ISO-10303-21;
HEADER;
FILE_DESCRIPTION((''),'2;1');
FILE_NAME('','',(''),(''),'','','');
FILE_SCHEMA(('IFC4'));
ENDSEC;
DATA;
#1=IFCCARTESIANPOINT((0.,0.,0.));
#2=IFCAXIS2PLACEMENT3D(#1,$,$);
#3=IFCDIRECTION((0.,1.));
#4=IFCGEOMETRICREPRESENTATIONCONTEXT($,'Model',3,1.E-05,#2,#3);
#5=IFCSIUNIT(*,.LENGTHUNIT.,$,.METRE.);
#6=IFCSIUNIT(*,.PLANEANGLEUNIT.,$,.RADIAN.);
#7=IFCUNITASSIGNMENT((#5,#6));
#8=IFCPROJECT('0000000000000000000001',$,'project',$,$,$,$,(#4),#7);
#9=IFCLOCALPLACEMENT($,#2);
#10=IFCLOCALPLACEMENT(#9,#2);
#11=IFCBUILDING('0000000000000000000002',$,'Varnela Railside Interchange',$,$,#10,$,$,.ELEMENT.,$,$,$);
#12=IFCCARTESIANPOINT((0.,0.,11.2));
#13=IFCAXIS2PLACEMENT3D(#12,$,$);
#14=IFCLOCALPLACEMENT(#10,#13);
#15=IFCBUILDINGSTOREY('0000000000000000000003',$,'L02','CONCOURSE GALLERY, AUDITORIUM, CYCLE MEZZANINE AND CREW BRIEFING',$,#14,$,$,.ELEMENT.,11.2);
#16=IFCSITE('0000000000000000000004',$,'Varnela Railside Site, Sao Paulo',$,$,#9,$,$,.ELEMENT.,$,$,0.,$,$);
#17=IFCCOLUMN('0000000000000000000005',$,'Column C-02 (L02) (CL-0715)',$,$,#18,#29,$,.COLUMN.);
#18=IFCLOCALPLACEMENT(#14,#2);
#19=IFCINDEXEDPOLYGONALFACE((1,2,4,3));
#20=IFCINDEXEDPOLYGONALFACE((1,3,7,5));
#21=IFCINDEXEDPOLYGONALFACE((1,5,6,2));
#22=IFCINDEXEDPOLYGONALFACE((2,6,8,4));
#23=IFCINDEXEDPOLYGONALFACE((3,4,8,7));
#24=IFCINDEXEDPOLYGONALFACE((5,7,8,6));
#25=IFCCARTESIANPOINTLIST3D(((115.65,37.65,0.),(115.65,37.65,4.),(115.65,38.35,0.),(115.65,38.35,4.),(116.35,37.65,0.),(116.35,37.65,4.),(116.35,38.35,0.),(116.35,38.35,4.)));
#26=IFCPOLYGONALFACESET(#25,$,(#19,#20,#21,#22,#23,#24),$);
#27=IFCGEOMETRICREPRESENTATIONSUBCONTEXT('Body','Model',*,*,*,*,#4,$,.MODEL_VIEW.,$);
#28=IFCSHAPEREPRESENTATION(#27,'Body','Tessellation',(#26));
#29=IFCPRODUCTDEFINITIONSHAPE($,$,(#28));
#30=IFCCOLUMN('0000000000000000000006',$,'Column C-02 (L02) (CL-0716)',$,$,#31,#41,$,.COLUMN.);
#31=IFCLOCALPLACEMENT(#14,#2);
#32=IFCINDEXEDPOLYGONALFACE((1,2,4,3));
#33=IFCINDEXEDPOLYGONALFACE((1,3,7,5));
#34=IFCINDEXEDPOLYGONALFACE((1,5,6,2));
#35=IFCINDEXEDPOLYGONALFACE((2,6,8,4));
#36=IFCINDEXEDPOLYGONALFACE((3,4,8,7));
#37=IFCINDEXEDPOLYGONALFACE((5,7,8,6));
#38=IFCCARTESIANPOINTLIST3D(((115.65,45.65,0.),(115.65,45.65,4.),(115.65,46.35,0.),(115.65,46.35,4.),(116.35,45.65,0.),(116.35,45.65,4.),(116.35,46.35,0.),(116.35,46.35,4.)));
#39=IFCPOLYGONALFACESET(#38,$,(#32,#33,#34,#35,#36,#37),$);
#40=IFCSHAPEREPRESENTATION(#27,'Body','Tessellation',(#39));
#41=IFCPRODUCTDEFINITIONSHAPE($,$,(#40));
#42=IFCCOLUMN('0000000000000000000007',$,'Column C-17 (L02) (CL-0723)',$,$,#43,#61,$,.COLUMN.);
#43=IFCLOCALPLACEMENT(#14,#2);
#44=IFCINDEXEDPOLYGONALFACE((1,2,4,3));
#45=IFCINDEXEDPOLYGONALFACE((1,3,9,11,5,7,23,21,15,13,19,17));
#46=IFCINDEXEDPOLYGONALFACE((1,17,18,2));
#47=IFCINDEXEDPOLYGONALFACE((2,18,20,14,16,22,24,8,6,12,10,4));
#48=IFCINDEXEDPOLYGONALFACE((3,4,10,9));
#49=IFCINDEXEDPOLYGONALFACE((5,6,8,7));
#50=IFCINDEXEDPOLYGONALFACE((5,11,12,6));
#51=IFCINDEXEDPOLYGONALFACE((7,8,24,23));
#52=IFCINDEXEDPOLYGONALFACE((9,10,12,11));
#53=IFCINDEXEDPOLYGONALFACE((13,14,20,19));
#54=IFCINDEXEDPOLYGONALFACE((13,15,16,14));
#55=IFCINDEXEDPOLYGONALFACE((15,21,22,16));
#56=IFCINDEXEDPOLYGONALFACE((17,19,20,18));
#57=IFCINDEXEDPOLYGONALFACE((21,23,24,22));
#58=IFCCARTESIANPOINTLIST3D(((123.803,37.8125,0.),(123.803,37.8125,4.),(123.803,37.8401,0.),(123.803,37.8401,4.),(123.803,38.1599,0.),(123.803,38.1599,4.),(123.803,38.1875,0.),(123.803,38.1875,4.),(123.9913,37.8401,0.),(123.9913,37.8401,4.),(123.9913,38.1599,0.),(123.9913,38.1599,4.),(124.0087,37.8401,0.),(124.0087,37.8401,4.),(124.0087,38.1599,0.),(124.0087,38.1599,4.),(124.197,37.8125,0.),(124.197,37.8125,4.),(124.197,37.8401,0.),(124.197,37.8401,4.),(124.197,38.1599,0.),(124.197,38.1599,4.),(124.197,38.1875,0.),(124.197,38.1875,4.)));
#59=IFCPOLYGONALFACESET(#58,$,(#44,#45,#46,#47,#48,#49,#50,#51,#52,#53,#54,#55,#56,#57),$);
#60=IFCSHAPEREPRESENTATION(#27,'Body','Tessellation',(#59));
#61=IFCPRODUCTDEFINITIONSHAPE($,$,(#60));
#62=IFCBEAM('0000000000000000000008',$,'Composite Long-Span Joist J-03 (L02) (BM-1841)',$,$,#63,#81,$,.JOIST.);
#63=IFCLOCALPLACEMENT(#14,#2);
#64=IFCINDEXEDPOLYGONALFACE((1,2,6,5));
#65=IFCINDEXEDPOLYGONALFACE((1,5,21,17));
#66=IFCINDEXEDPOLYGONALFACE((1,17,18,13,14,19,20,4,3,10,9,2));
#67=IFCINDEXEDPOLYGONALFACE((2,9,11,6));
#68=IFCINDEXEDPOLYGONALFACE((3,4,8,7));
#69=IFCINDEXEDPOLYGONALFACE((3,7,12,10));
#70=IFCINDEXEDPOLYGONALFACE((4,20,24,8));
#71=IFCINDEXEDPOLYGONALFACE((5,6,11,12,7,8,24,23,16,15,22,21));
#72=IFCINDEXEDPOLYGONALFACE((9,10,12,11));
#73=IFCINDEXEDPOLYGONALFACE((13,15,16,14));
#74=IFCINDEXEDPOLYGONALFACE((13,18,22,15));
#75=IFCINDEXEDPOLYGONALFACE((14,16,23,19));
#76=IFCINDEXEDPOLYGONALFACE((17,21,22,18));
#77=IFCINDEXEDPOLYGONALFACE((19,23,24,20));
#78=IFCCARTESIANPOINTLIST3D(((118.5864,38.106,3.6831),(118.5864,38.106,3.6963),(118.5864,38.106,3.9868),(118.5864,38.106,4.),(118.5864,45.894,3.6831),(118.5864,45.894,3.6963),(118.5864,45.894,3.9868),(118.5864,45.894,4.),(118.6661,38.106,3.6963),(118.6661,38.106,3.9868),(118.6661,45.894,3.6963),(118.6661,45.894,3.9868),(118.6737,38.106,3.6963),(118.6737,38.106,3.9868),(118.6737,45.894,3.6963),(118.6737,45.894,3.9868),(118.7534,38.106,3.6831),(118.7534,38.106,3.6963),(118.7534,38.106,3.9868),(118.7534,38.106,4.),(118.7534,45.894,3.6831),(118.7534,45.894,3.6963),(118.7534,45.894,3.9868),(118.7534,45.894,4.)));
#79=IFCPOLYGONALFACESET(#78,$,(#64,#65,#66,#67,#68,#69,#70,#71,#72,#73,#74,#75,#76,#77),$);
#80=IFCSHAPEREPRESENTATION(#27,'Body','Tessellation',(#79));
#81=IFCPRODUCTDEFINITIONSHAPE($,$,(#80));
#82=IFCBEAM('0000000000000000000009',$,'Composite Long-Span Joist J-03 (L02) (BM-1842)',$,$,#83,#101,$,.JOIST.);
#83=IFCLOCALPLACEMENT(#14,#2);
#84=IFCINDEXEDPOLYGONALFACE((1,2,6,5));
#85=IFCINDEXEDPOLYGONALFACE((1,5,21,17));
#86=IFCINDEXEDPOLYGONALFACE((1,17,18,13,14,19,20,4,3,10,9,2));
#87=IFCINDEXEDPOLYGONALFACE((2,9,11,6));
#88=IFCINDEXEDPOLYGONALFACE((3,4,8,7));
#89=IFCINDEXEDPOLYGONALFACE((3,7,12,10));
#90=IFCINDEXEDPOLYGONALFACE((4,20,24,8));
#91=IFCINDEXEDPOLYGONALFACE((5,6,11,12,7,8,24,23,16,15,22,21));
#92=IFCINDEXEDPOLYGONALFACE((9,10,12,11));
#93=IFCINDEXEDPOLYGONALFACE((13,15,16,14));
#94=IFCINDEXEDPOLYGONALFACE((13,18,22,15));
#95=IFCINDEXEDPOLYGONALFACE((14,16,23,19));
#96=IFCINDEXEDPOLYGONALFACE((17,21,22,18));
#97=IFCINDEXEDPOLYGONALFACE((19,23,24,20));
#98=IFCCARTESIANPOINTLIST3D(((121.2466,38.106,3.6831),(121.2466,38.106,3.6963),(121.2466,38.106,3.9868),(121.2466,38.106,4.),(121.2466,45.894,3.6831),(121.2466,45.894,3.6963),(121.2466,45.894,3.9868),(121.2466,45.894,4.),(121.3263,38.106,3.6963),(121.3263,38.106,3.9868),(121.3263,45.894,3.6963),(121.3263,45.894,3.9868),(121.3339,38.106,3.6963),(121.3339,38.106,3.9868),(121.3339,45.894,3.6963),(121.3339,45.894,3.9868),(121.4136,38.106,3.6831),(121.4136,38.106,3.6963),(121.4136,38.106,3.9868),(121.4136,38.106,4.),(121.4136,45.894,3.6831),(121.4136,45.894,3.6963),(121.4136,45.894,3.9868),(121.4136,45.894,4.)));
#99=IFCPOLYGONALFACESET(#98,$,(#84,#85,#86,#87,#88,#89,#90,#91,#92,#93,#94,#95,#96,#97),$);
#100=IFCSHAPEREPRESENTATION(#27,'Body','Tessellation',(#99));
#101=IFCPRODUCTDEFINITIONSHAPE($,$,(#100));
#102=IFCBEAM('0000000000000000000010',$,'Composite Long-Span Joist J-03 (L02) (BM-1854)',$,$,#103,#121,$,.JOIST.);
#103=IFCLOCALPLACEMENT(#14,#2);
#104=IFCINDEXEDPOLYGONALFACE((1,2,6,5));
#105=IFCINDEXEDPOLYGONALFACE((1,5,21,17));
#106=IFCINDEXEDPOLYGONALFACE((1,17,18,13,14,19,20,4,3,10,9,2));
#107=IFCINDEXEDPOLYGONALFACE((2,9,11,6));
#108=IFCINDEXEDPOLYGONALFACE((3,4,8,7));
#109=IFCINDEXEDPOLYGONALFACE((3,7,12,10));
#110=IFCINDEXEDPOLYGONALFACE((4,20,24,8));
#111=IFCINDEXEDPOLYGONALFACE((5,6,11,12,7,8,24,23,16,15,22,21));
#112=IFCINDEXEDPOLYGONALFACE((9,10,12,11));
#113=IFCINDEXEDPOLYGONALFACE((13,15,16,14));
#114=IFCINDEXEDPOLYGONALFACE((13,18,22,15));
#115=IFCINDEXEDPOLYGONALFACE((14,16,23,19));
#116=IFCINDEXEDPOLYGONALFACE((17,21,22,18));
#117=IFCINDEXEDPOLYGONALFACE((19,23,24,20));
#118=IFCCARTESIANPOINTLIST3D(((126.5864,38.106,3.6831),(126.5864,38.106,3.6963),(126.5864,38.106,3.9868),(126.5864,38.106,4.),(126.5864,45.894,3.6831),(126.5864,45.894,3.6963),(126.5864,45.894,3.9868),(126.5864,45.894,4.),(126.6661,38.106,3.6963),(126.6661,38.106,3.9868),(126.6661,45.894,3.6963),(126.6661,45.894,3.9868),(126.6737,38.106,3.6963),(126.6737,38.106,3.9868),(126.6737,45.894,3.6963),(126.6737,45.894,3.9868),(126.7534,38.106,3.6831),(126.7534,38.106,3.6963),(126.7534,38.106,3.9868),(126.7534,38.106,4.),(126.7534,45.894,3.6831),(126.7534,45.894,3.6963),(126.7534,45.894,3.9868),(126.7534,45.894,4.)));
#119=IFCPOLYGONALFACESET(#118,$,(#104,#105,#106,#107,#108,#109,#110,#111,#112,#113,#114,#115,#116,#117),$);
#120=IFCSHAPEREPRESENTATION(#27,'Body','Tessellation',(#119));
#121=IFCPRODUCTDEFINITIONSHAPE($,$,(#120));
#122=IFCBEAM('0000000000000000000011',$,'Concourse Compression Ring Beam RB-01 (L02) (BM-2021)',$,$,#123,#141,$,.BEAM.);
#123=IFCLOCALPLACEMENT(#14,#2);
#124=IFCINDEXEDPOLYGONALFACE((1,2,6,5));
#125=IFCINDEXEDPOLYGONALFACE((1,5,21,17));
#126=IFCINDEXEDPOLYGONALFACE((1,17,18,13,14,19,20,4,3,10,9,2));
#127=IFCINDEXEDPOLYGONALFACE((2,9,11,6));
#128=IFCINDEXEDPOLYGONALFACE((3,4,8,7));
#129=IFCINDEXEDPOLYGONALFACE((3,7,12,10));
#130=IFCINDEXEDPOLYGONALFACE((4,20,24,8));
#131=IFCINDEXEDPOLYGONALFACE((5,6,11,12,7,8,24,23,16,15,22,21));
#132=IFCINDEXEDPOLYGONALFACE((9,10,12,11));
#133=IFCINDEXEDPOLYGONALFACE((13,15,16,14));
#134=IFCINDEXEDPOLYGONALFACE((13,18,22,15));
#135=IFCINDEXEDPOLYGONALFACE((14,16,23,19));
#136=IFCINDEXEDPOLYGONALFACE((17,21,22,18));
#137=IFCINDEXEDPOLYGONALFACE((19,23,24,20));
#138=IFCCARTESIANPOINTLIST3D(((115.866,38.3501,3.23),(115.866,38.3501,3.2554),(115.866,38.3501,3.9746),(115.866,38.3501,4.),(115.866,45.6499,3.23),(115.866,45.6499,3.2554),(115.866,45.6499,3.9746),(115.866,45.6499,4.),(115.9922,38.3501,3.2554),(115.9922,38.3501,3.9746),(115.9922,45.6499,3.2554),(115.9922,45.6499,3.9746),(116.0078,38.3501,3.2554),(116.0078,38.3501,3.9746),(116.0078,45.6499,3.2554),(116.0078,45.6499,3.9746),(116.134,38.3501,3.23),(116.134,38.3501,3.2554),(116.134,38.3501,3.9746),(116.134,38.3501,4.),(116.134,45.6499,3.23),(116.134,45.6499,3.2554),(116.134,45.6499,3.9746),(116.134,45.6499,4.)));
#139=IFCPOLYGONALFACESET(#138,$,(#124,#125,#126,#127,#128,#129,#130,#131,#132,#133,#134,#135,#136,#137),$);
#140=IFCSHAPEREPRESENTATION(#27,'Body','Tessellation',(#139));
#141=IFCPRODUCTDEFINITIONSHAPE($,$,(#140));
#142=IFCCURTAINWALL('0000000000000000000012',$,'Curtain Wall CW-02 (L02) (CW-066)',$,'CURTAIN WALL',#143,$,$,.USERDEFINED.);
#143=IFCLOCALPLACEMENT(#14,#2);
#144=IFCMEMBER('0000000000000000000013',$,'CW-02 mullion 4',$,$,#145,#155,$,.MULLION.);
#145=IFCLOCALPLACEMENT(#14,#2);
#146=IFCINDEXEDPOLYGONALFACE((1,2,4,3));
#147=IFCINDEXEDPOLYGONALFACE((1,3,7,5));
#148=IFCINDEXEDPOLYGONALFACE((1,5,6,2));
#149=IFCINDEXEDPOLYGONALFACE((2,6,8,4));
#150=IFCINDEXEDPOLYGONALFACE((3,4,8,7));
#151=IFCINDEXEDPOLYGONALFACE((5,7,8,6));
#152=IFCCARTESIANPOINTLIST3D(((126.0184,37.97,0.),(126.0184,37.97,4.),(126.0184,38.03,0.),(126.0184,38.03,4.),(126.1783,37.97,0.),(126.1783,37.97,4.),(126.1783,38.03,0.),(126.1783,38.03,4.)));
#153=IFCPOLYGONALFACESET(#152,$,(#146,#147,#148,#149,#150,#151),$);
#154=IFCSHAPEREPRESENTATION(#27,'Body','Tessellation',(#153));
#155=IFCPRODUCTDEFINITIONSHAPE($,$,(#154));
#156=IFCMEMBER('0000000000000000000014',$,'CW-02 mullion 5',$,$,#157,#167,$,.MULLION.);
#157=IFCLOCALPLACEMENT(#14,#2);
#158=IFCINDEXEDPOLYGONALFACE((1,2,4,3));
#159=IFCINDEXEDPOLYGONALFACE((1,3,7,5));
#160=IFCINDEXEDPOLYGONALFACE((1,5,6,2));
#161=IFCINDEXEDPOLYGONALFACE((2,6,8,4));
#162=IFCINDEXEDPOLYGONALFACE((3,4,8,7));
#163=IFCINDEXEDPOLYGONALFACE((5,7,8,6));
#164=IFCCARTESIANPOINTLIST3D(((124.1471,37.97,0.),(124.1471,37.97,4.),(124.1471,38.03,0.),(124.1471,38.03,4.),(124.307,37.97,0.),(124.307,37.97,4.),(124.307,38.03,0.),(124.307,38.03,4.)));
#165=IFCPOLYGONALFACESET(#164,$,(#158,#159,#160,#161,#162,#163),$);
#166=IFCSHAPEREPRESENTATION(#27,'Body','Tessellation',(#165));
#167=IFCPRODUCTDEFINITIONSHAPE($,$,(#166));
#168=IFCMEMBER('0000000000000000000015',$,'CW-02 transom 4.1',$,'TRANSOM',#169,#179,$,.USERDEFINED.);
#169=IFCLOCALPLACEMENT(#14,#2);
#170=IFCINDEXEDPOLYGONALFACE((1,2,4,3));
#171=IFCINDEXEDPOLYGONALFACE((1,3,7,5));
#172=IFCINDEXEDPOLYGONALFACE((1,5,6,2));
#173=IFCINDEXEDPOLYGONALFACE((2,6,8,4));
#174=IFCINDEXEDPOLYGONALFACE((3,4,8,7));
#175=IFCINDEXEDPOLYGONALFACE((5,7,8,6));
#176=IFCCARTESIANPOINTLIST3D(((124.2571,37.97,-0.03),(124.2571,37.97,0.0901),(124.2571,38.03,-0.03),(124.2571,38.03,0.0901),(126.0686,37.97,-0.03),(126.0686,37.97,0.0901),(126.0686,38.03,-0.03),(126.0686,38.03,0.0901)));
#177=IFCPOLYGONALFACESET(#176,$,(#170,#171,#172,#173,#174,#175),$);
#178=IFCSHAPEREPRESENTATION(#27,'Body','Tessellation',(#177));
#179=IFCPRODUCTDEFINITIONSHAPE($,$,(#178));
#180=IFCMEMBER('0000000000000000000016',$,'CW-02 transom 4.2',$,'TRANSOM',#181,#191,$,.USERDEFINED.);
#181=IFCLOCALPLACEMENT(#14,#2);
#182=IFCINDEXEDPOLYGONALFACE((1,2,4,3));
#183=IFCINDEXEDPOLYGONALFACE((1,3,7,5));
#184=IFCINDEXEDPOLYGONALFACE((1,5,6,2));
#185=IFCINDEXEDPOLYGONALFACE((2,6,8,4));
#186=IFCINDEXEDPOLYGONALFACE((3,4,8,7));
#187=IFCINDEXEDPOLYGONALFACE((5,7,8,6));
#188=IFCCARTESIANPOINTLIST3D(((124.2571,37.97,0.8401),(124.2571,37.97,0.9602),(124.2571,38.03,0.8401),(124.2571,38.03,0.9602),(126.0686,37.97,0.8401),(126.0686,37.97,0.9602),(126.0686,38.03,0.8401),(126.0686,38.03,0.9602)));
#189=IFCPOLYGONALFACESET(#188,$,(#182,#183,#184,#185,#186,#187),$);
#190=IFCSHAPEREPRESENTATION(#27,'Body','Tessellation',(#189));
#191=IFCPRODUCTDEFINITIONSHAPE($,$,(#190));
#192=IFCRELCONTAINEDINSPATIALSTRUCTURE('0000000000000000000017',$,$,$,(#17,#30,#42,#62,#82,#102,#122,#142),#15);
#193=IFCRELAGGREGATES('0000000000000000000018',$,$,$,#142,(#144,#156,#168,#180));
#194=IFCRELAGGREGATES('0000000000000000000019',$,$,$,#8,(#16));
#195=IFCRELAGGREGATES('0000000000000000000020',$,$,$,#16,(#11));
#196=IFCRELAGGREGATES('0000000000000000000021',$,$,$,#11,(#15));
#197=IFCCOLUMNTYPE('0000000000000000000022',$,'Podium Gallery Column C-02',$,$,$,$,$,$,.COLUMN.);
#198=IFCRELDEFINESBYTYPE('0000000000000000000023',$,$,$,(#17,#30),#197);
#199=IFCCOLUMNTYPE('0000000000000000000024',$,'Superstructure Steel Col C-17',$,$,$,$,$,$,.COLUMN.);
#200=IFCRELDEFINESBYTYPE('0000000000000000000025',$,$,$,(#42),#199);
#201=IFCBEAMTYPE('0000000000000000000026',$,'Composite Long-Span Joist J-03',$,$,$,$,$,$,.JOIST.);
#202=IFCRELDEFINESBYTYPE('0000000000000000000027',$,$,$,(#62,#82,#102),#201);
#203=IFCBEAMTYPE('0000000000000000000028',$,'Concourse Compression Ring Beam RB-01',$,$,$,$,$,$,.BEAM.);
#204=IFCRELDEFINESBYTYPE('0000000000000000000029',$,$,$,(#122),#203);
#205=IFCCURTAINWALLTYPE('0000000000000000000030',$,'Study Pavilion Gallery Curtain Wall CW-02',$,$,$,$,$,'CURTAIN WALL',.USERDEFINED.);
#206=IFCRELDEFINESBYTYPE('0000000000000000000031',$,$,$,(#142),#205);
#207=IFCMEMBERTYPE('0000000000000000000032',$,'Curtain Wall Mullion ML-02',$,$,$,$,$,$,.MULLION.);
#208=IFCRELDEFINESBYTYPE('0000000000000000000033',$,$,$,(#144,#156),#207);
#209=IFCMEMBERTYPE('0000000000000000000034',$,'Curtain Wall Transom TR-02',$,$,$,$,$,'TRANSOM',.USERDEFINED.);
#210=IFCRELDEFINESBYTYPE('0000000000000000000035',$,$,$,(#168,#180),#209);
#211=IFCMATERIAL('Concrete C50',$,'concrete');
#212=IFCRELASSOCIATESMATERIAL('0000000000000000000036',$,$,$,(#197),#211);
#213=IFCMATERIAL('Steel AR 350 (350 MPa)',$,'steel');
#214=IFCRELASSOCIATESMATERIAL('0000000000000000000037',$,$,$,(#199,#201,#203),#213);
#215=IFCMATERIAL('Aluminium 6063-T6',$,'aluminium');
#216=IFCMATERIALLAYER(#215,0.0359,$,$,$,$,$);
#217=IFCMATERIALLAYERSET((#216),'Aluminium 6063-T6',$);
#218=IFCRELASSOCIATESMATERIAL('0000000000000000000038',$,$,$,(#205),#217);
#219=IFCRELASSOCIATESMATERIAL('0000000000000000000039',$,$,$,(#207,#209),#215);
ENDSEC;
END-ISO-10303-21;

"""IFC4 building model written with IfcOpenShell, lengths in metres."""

from ifc_helpers import new_model, si_unit, direction, frame, origin, origin_2d, place, context, subcontext, project, spatial, rectangle, i_section, extrude, material, layer, layer_set, material_profile, profile_set, type_object, element, aggregate, save


model = new_model("IFC4")

# Units and contexts
model_context = context("Model", 3, precision=1e-05, world=origin(), true_north=direction((0.0, 1.0)))
body_context = subcontext(model_context, "Body", "Model", "MODEL_VIEW")
ifc_project = project(units=[si_unit("LENGTHUNIT", "METRE"), si_unit("PLANEANGLEUNIT", "RADIAN")], contexts=[model_context])

# Site, building, storey
site_placement = place(None, origin())
site = spatial("IfcSite", under=ifc_project, at=site_placement, Name="Varnela Railside Site, Sao Paulo", CompositionType="ELEMENT", RefElevation=0.0)
building_placement = place(site_placement, origin())
building = spatial("IfcBuilding", under=site, at=building_placement, Name="Varnela Railside Interchange", CompositionType="ELEMENT")
storey_placement = place(building_placement, frame((0.0, 0.0, 11.2)))
storey = spatial("IfcBuildingStorey", under=building, at=storey_placement, Name="L02", Description="CONCOURSE GALLERY, AUDITORIUM, CYCLE MEZZANINE AND CREW BRIEFING", CompositionType="ELEMENT", Elevation=11.2)

# Columns
ifc_material_1 = material(Name="Concrete C50", Category="concrete")
ifc_material_profile_1 = material_profile(ifc_material_1, rectangle(XDim=0.7, YDim=0.7, at=origin_2d()), Name="RC 700x700")
ifc_profile_set_1 = profile_set([ifc_material_profile_1], Name="Concrete C50")
column_type_1 = type_object("IfcColumnType", Name="Podium Gallery Column C-02", PredefinedType="COLUMN", material=ifc_profile_set_1)
for number, where, z_axis, x_axis, name in (
    (1, (116.0, 38.0, 0.0), (0.0, 0.0, 1.0), (1.0, 0.0, 0.0), "Column C-02 (L02) (CL-0715)"),
    (2, (116.0, 46.0, 0.0), (0.0, 0.0, 1.0), (1.0, 0.0, 0.0), "Column C-02 (L02) (CL-0716)"),
):
    element("IfcColumn", number, at=place(storey_placement, frame(where, z_axis=z_axis, x_axis=x_axis)), inside=storey, type_object=column_type_1, Name=name, PredefinedType="COLUMN", context=body_context, shape_type="SweptSolid", body=[
        extrude(rectangle(XDim=0.7, YDim=0.7, at=origin_2d()), origin(), (0.0, 0.0, 1.0), 4.0),
    ])
ifc_material_2 = material(Name="Steel AR 350 (350 MPa)", Category="steel")
ifc_material_profile_2 = material_profile(ifc_material_2, i_section(OverallWidth=0.394, OverallDepth=0.375, WebThickness=0.0173, FlangeThickness=0.0276, at=origin_2d()), Name="W360x216")
ifc_profile_set_2 = profile_set([ifc_material_profile_2], Name="Steel AR 350 (350 MPa)")
column_type_2 = type_object("IfcColumnType", Name="Superstructure Steel Col C-17", PredefinedType="COLUMN", material=ifc_profile_set_2)
column_placement = place(storey_placement, frame((124.0, 38.0, 0.0), z_axis=(0.0, 0.0, 1.0), x_axis=(1.0, 0.0, 0.0)))
element("IfcColumn", 3, at=column_placement, inside=storey, type_object=column_type_2, Name="Column C-17 (L02) (CL-0723)", PredefinedType="COLUMN", context=body_context, shape_type="SweptSolid", body=[
    extrude(i_section(OverallWidth=0.394, OverallDepth=0.375, WebThickness=0.0173, FlangeThickness=0.0276, at=origin_2d()), origin(), (0.0, 0.0, 1.0), 4.0),
])

# Beams
ifc_material_profile_3 = material_profile(ifc_material_2, i_section(OverallWidth=0.167, OverallDepth=0.3169, WebThickness=0.0076, FlangeThickness=0.0132, at=origin_2d()), Name="W310x52")
ifc_profile_set_3 = profile_set([ifc_material_profile_3], Name="Steel AR 350 (350 MPa)")
beam_type_1 = type_object("IfcBeamType", Name="Composite Long-Span Joist J-03", PredefinedType="JOIST", material=ifc_profile_set_3)
for number, where, z_axis, x_axis, name in (
    (4, (118.6699, 38.106, 3.8416), (0.0, 1.0, 0.0), (-1.0, 0.0, 0.0), "Composite Long-Span Joist J-03 (L02) (BM-1841)"),
    (5, (121.3301, 38.106, 3.8416), (0.0, 1.0, 0.0), (-1.0, 0.0, 0.0), "Composite Long-Span Joist J-03 (L02) (BM-1842)"),
    (6, (126.6699, 38.106, 3.8416), (0.0, 1.0, 0.0), (-1.0, 0.0, 0.0), "Composite Long-Span Joist J-03 (L02) (BM-1854)"),
):
    element("IfcBeam", number, at=place(storey_placement, frame(where, z_axis=z_axis, x_axis=x_axis)), inside=storey, type_object=beam_type_1, Name=name, PredefinedType="JOIST", context=body_context, shape_type="SweptSolid", body=[
        extrude(i_section(OverallWidth=0.167, OverallDepth=0.3169, WebThickness=0.0076, FlangeThickness=0.0132, at=origin_2d()), origin(), (0.0, 0.0, 1.0), 7.7881),
    ])
ifc_material_profile_4 = material_profile(ifc_material_2, i_section(OverallWidth=0.2681, OverallDepth=0.77, WebThickness=0.0156, FlangeThickness=0.0254, at=origin_2d()), Name="W760x196")
ifc_profile_set_4 = profile_set([ifc_material_profile_4], Name="Steel AR 350 (350 MPa)")
beam_type_2 = type_object("IfcBeamType", Name="Concourse Compression Ring Beam RB-01", PredefinedType="BEAM", material=ifc_profile_set_4)
beam_1_placement = place(storey_placement, frame((116.0, 38.3501, 3.615), z_axis=(0.0, 1.0, 0.0), x_axis=(-1.0, 0.0, 0.0)))
element("IfcBeam", 7, at=beam_1_placement, inside=storey, type_object=beam_type_2, Name="Concourse Compression Ring Beam RB-01 (L02) (BM-2021)", PredefinedType="BEAM", context=body_context, shape_type="SweptSolid", body=[
    extrude(i_section(OverallWidth=0.2681, OverallDepth=0.77, WebThickness=0.0156, FlangeThickness=0.0254, at=origin_2d()), origin(), (0.0, 0.0, 1.0), 7.2998),
])

# Curtain wall, members
ifc_material_3 = material(Name="Aluminium 6063-T6", Category="aluminium")
ifc_layer_1 = layer(ifc_material_3, 0.0359)
ifc_layer_set_1 = layer_set([ifc_layer_1], Name="Aluminium 6063-T6")
curtain_wall_type = type_object("IfcCurtainWallType", Name="Study Pavilion Gallery Curtain Wall CW-02", ElementType="CURTAIN WALL", PredefinedType="USERDEFINED", material=ifc_layer_set_1)
curtain_wall_placement = place(storey_placement, origin())
curtain_wall = element("IfcCurtainWall", 8, at=curtain_wall_placement, inside=storey, type_object=curtain_wall_type, Name="Curtain Wall CW-02 (L02) (CW-066)", ObjectType="CURTAIN WALL", PredefinedType="USERDEFINED")
ifc_material_profile_5 = material_profile(ifc_material_3, rectangle(XDim=0.0601, YDim=0.1599, at=origin_2d()), Name="ALU 60x160")
ifc_profile_set_5 = profile_set([ifc_material_profile_5], Name="Aluminium 6063-T6")
member_type_1 = type_object("IfcMemberType", Name="Curtain Wall Mullion ML-02", PredefinedType="MULLION", material=ifc_profile_set_5)
member_1_placement = place(storey_placement, frame((126.0984, 38.0, 0.0), z_axis=(0.0, 0.0, 1.0), x_axis=(0.0, -1.0, 0.0)))
member_1 = element("IfcMember", 9, at=member_1_placement, type_object=member_type_1, Name="CW-02 mullion 4", PredefinedType="MULLION", context=body_context, shape_type="SweptSolid", body=[
    extrude(rectangle(XDim=0.0601, YDim=0.1599, at=origin_2d()), origin(), (0.0, 0.0, 1.0), 4.0),
])
member_2_placement = place(storey_placement, frame((124.2271, 38.0, 0.0), z_axis=(0.0, 0.0, 1.0), x_axis=(0.0, -1.0, 0.0)))
member_2 = element("IfcMember", 10, at=member_2_placement, type_object=member_type_1, Name="CW-02 mullion 5", PredefinedType="MULLION", context=body_context, shape_type="SweptSolid", body=[
    extrude(rectangle(XDim=0.0601, YDim=0.1599, at=origin_2d()), origin(), (0.0, 0.0, 1.0), 4.0),
])
ifc_material_profile_6 = material_profile(ifc_material_3, rectangle(XDim=0.0601, YDim=0.1201, at=origin_2d()), Name="ALU 60x120")
ifc_profile_set_6 = profile_set([ifc_material_profile_6], Name="Aluminium 6063-T6")
member_type_2 = type_object("IfcMemberType", Name="Curtain Wall Transom TR-02", ElementType="TRANSOM", PredefinedType="USERDEFINED", material=ifc_profile_set_6)
member_3_placement = place(storey_placement, frame((126.0686, 38.0, 0.03), z_axis=(-1.0, 0.0, 0.0), x_axis=(0.0, -1.0, 0.0)))
member_3 = element("IfcMember", 11, at=member_3_placement, type_object=member_type_2, Name="CW-02 transom 4.1", ObjectType="TRANSOM", PredefinedType="USERDEFINED", context=body_context, shape_type="SweptSolid", body=[
    extrude(rectangle(XDim=0.0601, YDim=0.1201, at=origin_2d()), origin(), (0.0, 0.0, 1.0), 1.8115),
])
member_4_placement = place(storey_placement, frame((126.0686, 38.0, 0.9001), z_axis=(-1.0, 0.0, 0.0), x_axis=(0.0, -1.0, 0.0)))
member_4 = element("IfcMember", 12, at=member_4_placement, type_object=member_type_2, Name="CW-02 transom 4.2", ObjectType="TRANSOM", PredefinedType="USERDEFINED", context=body_context, shape_type="SweptSolid", body=[
    extrude(rectangle(XDim=0.0601, YDim=0.1201, at=origin_2d()), origin(), (0.0, 0.0, 1.0), 1.8115),
])

aggregate(curtain_wall, [member_1, member_2, member_3, member_4])

save(model, "model.ifc")
